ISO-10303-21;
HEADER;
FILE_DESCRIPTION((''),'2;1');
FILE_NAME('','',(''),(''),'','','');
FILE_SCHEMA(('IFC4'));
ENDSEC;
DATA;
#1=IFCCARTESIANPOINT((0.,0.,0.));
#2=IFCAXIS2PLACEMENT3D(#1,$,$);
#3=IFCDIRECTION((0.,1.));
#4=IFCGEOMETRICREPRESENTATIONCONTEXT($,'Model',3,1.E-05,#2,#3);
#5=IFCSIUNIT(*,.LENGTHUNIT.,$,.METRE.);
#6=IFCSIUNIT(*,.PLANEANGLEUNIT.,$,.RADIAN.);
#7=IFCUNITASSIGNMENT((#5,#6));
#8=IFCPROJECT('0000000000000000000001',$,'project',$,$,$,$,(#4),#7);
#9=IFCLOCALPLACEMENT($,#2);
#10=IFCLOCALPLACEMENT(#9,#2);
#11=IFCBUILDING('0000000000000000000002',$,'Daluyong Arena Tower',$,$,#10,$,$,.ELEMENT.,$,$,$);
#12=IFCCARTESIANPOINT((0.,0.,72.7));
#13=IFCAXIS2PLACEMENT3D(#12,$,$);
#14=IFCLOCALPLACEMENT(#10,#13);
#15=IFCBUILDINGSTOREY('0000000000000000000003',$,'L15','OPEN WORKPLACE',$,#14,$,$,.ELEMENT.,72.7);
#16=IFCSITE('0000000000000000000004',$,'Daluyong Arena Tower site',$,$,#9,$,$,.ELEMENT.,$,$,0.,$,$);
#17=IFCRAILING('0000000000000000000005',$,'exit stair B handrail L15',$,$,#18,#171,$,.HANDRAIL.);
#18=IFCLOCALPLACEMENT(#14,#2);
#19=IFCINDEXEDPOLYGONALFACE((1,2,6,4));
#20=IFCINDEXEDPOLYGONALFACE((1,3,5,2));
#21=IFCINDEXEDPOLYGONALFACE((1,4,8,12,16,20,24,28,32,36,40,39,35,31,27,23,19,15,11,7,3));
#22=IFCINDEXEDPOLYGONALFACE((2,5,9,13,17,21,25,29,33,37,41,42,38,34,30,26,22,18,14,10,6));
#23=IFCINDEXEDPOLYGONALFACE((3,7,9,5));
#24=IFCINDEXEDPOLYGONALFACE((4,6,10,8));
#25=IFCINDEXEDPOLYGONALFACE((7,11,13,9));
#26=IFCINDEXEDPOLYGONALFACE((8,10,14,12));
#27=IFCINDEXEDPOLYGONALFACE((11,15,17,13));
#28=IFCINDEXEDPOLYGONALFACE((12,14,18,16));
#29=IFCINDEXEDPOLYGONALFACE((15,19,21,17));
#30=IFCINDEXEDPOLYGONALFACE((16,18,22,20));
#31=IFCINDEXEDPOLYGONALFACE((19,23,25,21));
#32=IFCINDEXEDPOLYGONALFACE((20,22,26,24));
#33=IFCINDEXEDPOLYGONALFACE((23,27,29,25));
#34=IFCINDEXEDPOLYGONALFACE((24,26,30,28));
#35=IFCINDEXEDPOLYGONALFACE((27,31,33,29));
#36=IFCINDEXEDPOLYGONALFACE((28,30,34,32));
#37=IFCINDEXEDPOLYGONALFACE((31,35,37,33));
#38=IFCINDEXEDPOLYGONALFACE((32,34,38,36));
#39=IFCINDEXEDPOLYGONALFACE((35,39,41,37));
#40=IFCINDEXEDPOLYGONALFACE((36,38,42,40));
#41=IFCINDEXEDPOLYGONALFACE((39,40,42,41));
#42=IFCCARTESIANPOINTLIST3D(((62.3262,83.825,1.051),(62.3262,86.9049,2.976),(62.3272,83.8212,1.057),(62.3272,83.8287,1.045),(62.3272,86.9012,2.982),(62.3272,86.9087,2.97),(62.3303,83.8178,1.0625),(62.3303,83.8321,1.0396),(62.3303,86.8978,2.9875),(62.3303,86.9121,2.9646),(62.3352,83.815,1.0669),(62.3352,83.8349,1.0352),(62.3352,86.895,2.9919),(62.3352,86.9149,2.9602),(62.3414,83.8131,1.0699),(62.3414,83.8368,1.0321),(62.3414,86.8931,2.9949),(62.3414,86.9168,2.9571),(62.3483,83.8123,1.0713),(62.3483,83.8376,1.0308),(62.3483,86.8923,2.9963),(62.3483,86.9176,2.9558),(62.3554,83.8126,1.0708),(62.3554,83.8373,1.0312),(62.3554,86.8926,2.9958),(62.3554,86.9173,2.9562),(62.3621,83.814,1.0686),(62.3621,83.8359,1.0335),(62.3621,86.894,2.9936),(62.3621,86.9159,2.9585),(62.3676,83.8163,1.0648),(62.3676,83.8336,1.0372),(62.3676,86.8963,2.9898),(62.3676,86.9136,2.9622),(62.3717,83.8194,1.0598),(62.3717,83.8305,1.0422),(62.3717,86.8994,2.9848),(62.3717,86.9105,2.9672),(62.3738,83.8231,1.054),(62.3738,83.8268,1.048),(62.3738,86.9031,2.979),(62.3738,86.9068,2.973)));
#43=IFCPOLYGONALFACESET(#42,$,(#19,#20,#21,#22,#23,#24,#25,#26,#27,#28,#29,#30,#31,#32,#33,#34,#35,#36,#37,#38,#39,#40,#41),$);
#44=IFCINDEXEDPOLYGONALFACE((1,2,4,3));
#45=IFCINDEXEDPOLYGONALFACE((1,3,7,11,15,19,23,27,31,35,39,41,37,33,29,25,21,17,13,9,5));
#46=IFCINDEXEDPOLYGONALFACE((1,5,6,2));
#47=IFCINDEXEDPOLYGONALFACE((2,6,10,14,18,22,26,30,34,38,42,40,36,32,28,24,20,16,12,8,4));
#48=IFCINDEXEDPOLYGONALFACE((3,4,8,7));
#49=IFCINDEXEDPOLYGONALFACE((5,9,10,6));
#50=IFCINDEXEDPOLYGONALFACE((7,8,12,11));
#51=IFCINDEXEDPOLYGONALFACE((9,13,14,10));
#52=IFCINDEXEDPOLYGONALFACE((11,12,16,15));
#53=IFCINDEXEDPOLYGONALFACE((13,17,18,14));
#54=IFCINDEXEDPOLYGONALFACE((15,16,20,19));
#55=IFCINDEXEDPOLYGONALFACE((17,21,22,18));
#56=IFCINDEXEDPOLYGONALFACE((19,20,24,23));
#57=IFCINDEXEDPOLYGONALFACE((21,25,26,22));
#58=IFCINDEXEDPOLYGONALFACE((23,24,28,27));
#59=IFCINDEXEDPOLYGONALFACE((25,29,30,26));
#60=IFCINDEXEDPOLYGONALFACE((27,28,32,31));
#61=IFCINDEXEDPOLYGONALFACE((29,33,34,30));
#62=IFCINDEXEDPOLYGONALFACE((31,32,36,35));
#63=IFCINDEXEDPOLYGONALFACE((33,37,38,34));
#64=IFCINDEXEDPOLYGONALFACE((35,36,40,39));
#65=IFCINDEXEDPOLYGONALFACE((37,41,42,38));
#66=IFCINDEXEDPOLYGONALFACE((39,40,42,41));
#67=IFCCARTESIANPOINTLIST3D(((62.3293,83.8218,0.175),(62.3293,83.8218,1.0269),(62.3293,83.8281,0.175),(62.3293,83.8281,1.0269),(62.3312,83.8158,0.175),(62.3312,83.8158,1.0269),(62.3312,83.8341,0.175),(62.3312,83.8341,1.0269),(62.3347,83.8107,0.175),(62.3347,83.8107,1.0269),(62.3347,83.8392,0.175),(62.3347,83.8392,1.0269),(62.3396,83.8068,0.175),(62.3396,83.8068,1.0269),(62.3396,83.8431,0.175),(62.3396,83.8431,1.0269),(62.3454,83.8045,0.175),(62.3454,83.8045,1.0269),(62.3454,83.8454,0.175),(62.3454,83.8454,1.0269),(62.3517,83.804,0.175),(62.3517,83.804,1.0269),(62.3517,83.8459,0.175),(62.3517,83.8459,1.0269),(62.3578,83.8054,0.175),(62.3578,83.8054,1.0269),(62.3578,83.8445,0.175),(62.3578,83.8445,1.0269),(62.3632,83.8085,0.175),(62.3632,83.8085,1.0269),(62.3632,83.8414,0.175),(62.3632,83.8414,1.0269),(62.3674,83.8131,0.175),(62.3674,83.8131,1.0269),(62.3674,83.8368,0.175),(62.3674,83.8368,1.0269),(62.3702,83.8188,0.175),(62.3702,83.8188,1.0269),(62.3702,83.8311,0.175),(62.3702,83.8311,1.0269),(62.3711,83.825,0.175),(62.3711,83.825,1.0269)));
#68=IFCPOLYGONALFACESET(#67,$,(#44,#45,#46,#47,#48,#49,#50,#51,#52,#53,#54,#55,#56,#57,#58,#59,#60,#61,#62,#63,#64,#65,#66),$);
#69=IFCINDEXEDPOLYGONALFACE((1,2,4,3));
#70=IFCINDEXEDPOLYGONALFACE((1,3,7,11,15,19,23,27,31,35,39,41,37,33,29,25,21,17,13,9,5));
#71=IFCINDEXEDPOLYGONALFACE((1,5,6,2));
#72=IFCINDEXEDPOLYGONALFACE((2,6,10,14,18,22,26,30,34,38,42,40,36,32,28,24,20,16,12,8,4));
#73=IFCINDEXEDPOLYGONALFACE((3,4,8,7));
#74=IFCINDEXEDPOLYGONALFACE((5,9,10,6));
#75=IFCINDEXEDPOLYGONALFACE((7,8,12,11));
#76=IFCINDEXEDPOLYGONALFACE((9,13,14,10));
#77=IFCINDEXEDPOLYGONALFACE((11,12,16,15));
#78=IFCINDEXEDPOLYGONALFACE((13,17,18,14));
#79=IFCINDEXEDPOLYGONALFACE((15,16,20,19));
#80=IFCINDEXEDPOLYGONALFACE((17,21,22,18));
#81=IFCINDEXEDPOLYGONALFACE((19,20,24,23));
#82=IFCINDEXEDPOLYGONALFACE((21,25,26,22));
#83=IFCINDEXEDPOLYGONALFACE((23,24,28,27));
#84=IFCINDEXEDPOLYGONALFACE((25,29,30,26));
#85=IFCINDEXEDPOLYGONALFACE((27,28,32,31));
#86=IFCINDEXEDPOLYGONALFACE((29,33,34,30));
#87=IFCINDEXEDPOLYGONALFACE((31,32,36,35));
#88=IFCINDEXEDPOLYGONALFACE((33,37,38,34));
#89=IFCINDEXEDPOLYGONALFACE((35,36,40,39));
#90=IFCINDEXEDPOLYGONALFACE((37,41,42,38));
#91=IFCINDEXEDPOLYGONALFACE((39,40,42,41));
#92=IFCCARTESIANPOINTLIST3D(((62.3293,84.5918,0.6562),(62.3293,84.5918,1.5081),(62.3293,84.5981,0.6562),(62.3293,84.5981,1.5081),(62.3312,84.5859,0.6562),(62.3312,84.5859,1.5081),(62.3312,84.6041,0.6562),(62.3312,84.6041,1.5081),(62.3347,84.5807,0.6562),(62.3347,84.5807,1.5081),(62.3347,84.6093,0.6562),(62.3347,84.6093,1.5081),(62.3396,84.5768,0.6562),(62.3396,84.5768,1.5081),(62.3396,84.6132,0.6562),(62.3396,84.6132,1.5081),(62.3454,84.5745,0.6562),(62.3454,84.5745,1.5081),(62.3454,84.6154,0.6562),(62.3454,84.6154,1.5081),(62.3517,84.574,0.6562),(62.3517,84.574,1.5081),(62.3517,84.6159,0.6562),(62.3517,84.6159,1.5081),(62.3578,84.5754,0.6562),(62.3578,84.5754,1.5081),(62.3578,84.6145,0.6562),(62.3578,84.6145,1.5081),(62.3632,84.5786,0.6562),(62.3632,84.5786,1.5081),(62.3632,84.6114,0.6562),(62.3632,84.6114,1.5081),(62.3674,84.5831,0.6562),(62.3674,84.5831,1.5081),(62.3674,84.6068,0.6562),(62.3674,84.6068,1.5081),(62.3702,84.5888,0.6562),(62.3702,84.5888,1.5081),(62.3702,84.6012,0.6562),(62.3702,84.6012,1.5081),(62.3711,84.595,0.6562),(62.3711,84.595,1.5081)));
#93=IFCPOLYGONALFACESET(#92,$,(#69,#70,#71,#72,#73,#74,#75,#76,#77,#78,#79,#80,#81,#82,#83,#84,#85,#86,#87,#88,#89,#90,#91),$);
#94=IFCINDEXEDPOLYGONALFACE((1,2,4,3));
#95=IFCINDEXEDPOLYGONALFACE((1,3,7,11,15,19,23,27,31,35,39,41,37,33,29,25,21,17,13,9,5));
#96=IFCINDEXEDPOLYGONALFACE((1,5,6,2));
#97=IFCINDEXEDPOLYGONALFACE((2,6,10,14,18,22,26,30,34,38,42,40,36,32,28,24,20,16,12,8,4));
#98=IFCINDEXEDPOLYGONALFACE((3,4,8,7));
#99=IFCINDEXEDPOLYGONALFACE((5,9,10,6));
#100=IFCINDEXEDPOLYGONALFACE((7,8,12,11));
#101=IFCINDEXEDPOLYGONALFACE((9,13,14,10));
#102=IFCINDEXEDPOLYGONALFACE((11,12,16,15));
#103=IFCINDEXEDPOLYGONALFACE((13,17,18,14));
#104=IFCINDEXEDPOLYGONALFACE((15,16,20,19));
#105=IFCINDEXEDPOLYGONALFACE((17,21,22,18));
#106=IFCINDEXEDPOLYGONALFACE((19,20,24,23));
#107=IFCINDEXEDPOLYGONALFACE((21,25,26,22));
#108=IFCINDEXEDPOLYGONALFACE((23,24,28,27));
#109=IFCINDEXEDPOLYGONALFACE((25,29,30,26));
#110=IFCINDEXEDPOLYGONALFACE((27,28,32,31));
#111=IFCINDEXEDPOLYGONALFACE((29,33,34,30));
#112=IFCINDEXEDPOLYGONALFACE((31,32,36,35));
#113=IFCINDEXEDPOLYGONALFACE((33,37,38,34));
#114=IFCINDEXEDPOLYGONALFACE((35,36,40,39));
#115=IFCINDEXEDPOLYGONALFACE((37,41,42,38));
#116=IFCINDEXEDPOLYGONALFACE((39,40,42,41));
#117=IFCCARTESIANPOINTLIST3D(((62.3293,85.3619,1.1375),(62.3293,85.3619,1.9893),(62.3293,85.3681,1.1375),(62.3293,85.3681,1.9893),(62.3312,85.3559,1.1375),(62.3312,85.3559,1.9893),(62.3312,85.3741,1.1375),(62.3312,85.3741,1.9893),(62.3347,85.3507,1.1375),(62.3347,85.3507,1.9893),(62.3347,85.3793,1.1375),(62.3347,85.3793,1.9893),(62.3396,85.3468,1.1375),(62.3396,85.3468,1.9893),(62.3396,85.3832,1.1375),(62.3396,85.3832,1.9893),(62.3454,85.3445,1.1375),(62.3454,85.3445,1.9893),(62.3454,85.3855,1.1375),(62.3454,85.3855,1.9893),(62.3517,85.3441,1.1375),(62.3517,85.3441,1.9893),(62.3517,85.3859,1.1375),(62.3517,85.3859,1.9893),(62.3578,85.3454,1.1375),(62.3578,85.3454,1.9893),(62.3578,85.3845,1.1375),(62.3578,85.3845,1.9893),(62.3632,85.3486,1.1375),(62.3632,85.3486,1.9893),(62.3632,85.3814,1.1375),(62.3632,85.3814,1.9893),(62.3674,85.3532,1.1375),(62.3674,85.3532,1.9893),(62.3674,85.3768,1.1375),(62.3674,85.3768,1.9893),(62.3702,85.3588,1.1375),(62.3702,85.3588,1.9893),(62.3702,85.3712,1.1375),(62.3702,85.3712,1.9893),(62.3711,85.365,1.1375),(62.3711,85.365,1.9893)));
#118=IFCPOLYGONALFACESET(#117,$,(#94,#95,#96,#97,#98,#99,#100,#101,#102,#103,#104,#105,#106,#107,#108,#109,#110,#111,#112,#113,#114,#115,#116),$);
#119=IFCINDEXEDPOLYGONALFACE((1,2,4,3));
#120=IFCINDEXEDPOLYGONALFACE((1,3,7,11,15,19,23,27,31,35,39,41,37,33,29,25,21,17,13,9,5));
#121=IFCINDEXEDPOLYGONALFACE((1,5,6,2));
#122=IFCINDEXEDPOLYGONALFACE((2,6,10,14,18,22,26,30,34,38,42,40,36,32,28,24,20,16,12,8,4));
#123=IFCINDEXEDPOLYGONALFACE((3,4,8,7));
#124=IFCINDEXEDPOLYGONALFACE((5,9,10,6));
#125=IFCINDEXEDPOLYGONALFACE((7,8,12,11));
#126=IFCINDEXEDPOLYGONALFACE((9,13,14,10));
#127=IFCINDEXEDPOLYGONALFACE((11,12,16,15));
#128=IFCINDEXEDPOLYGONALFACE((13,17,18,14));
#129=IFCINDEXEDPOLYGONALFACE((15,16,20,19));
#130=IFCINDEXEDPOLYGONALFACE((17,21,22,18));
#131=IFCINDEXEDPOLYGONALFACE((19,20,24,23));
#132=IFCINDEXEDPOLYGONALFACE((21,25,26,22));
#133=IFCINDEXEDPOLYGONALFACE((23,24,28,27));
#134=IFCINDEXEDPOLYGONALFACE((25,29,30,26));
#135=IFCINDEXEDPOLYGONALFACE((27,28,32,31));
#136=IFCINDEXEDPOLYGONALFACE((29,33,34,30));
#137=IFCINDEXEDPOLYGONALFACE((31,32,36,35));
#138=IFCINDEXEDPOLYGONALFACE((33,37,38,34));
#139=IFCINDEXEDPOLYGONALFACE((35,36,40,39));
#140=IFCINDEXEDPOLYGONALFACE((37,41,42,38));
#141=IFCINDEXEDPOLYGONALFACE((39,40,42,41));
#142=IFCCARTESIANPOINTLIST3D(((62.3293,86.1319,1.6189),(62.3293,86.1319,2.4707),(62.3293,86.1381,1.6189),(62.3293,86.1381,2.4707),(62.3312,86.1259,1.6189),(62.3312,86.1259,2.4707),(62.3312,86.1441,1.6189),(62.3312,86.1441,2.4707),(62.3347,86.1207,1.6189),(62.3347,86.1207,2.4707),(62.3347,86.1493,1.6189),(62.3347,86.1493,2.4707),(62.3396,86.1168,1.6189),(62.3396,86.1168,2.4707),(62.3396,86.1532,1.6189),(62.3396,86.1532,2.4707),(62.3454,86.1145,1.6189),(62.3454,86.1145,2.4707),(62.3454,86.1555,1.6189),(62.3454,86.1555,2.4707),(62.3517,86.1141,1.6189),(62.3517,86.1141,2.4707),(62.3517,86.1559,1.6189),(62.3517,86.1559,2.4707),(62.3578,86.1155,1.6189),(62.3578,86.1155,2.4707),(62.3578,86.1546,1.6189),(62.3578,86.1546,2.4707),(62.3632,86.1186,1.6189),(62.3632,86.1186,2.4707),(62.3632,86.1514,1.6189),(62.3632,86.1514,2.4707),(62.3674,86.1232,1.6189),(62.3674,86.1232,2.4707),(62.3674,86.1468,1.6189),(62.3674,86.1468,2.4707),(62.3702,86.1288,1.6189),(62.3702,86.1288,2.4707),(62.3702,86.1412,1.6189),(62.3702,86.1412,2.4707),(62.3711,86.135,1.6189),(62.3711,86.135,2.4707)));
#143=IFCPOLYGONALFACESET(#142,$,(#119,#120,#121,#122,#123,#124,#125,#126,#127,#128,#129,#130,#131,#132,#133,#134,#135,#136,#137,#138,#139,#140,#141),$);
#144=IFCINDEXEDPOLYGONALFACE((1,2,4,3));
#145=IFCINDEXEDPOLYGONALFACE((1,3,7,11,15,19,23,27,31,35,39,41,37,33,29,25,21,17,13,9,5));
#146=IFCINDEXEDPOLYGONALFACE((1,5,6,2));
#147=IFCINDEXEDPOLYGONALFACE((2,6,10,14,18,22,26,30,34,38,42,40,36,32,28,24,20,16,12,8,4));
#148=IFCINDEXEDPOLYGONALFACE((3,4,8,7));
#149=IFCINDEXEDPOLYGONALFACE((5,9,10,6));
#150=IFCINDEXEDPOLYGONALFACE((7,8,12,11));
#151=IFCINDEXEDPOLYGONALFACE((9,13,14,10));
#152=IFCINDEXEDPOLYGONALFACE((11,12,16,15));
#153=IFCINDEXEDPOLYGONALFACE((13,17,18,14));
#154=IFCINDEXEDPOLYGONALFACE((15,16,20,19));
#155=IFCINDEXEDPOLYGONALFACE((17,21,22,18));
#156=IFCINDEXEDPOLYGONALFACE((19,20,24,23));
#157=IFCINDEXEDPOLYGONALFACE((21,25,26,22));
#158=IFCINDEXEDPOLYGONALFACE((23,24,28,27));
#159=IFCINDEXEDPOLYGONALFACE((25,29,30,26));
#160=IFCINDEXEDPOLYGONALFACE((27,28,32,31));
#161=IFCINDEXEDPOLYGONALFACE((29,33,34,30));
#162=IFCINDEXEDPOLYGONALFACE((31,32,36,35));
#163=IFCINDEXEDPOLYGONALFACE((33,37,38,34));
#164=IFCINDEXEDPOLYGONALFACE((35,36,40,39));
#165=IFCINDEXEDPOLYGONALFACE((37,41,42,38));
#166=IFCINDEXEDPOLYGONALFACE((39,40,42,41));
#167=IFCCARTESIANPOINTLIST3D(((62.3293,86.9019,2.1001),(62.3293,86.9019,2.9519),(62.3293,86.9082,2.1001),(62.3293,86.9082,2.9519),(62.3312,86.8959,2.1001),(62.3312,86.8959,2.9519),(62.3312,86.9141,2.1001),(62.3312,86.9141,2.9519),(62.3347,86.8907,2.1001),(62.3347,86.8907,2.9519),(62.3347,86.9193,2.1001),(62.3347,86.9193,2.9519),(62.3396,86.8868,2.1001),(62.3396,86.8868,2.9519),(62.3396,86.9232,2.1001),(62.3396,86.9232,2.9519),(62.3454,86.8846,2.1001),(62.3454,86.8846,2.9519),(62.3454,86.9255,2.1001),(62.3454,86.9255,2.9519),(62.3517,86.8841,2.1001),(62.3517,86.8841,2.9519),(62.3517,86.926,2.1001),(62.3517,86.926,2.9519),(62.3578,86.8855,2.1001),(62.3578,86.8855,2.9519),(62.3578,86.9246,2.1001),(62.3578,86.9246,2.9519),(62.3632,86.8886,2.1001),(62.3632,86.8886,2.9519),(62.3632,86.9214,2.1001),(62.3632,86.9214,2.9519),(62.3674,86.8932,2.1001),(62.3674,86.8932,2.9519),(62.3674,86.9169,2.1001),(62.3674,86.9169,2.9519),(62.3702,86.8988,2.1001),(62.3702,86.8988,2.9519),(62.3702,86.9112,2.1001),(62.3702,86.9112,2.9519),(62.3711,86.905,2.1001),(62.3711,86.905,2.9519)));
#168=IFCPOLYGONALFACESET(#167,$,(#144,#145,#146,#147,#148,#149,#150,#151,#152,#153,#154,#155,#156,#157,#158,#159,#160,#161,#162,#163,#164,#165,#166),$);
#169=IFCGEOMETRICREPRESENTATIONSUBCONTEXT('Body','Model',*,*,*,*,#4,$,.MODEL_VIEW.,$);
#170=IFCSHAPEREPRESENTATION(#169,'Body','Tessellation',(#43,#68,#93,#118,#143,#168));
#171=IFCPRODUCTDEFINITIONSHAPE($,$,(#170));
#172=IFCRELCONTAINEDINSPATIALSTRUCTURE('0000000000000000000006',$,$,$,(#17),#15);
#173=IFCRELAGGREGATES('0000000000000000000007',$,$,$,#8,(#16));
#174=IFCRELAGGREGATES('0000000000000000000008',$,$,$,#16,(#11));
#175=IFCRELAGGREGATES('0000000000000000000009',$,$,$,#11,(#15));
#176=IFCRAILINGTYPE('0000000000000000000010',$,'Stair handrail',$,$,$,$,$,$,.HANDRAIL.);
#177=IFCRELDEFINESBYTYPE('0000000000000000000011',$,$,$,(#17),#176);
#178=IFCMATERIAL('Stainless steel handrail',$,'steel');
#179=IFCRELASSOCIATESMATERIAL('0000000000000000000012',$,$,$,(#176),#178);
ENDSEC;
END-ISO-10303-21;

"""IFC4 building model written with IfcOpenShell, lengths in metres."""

from ifc_helpers import new_model, si_unit, direction, frame, origin, origin_2d, place, context, subcontext, project, spatial, circle, extrude, material, type_object, element, save


model = new_model("IFC4")

# Units and contexts
model_context = context("Model", 3, precision=1e-05, world=origin(), true_north=direction((0.0, 1.0)))
body_context = subcontext(model_context, "Body", "Model", "MODEL_VIEW")
ifc_project = project(units=[si_unit("LENGTHUNIT", "METRE"), si_unit("PLANEANGLEUNIT", "RADIAN")], contexts=[model_context])

# Site, building, storey
site_placement = place(None, origin())
site = spatial("IfcSite", under=ifc_project, at=site_placement, Name="Daluyong Arena Tower site", CompositionType="ELEMENT", RefElevation=0.0)
building_placement = place(site_placement, origin())
building = spatial("IfcBuilding", under=site, at=building_placement, Name="Daluyong Arena Tower", CompositionType="ELEMENT")
storey_placement = place(building_placement, frame((0.0, 0.0, 72.7)))
storey = spatial("IfcBuildingStorey", under=building, at=storey_placement, Name="L15", Description="OPEN WORKPLACE", CompositionType="ELEMENT", Elevation=72.7)

# Railing
ifc_material_1 = material(Name="Stainless steel handrail", Category="steel")
railing_type_1 = type_object("IfcRailingType", Name="Stair handrail", PredefinedType="HANDRAIL", material=ifc_material_1)
railing_1_placement = place(storey_placement, frame((62.3501, 83.825, 0.175)))
element("IfcRailing", 1, at=railing_1_placement, inside=storey, type_object=railing_type_1, Name="exit stair B handrail L15", PredefinedType="HANDRAIL", context=body_context, shape_type="SweptSolid", body=[
    extrude(circle(Radius=0.0239, at=origin_2d()), frame((0.0, 0.0, 0.876), z_axis=(0.0, 0.847998, 0.529999), x_axis=(-1.0, 0.0, 0.0)), (0.0, 0.0, 1.0), 3.6321),
    extrude(circle(Radius=0.021, at=origin_2d()), origin(), (0.0, 0.0, 1.0), 0.8518),
    extrude(circle(Radius=0.021, at=origin_2d()), frame((0.0, 0.77, 0.4812)), (0.0, 0.0, 1.0), 0.8518),
    extrude(circle(Radius=0.021, at=origin_2d()), frame((0.0, 1.54, 0.9624)), (0.0, 0.0, 1.0), 0.8518),
    extrude(circle(Radius=0.021, at=origin_2d()), frame((0.0, 2.3101, 1.4438)), (0.0, 0.0, 1.0), 0.8518),
    extrude(circle(Radius=0.021, at=origin_2d()), frame((0.0, 3.0801, 1.925)), (0.0, 0.0, 1.0), 0.8518),
])

save(model, "model.ifc")
